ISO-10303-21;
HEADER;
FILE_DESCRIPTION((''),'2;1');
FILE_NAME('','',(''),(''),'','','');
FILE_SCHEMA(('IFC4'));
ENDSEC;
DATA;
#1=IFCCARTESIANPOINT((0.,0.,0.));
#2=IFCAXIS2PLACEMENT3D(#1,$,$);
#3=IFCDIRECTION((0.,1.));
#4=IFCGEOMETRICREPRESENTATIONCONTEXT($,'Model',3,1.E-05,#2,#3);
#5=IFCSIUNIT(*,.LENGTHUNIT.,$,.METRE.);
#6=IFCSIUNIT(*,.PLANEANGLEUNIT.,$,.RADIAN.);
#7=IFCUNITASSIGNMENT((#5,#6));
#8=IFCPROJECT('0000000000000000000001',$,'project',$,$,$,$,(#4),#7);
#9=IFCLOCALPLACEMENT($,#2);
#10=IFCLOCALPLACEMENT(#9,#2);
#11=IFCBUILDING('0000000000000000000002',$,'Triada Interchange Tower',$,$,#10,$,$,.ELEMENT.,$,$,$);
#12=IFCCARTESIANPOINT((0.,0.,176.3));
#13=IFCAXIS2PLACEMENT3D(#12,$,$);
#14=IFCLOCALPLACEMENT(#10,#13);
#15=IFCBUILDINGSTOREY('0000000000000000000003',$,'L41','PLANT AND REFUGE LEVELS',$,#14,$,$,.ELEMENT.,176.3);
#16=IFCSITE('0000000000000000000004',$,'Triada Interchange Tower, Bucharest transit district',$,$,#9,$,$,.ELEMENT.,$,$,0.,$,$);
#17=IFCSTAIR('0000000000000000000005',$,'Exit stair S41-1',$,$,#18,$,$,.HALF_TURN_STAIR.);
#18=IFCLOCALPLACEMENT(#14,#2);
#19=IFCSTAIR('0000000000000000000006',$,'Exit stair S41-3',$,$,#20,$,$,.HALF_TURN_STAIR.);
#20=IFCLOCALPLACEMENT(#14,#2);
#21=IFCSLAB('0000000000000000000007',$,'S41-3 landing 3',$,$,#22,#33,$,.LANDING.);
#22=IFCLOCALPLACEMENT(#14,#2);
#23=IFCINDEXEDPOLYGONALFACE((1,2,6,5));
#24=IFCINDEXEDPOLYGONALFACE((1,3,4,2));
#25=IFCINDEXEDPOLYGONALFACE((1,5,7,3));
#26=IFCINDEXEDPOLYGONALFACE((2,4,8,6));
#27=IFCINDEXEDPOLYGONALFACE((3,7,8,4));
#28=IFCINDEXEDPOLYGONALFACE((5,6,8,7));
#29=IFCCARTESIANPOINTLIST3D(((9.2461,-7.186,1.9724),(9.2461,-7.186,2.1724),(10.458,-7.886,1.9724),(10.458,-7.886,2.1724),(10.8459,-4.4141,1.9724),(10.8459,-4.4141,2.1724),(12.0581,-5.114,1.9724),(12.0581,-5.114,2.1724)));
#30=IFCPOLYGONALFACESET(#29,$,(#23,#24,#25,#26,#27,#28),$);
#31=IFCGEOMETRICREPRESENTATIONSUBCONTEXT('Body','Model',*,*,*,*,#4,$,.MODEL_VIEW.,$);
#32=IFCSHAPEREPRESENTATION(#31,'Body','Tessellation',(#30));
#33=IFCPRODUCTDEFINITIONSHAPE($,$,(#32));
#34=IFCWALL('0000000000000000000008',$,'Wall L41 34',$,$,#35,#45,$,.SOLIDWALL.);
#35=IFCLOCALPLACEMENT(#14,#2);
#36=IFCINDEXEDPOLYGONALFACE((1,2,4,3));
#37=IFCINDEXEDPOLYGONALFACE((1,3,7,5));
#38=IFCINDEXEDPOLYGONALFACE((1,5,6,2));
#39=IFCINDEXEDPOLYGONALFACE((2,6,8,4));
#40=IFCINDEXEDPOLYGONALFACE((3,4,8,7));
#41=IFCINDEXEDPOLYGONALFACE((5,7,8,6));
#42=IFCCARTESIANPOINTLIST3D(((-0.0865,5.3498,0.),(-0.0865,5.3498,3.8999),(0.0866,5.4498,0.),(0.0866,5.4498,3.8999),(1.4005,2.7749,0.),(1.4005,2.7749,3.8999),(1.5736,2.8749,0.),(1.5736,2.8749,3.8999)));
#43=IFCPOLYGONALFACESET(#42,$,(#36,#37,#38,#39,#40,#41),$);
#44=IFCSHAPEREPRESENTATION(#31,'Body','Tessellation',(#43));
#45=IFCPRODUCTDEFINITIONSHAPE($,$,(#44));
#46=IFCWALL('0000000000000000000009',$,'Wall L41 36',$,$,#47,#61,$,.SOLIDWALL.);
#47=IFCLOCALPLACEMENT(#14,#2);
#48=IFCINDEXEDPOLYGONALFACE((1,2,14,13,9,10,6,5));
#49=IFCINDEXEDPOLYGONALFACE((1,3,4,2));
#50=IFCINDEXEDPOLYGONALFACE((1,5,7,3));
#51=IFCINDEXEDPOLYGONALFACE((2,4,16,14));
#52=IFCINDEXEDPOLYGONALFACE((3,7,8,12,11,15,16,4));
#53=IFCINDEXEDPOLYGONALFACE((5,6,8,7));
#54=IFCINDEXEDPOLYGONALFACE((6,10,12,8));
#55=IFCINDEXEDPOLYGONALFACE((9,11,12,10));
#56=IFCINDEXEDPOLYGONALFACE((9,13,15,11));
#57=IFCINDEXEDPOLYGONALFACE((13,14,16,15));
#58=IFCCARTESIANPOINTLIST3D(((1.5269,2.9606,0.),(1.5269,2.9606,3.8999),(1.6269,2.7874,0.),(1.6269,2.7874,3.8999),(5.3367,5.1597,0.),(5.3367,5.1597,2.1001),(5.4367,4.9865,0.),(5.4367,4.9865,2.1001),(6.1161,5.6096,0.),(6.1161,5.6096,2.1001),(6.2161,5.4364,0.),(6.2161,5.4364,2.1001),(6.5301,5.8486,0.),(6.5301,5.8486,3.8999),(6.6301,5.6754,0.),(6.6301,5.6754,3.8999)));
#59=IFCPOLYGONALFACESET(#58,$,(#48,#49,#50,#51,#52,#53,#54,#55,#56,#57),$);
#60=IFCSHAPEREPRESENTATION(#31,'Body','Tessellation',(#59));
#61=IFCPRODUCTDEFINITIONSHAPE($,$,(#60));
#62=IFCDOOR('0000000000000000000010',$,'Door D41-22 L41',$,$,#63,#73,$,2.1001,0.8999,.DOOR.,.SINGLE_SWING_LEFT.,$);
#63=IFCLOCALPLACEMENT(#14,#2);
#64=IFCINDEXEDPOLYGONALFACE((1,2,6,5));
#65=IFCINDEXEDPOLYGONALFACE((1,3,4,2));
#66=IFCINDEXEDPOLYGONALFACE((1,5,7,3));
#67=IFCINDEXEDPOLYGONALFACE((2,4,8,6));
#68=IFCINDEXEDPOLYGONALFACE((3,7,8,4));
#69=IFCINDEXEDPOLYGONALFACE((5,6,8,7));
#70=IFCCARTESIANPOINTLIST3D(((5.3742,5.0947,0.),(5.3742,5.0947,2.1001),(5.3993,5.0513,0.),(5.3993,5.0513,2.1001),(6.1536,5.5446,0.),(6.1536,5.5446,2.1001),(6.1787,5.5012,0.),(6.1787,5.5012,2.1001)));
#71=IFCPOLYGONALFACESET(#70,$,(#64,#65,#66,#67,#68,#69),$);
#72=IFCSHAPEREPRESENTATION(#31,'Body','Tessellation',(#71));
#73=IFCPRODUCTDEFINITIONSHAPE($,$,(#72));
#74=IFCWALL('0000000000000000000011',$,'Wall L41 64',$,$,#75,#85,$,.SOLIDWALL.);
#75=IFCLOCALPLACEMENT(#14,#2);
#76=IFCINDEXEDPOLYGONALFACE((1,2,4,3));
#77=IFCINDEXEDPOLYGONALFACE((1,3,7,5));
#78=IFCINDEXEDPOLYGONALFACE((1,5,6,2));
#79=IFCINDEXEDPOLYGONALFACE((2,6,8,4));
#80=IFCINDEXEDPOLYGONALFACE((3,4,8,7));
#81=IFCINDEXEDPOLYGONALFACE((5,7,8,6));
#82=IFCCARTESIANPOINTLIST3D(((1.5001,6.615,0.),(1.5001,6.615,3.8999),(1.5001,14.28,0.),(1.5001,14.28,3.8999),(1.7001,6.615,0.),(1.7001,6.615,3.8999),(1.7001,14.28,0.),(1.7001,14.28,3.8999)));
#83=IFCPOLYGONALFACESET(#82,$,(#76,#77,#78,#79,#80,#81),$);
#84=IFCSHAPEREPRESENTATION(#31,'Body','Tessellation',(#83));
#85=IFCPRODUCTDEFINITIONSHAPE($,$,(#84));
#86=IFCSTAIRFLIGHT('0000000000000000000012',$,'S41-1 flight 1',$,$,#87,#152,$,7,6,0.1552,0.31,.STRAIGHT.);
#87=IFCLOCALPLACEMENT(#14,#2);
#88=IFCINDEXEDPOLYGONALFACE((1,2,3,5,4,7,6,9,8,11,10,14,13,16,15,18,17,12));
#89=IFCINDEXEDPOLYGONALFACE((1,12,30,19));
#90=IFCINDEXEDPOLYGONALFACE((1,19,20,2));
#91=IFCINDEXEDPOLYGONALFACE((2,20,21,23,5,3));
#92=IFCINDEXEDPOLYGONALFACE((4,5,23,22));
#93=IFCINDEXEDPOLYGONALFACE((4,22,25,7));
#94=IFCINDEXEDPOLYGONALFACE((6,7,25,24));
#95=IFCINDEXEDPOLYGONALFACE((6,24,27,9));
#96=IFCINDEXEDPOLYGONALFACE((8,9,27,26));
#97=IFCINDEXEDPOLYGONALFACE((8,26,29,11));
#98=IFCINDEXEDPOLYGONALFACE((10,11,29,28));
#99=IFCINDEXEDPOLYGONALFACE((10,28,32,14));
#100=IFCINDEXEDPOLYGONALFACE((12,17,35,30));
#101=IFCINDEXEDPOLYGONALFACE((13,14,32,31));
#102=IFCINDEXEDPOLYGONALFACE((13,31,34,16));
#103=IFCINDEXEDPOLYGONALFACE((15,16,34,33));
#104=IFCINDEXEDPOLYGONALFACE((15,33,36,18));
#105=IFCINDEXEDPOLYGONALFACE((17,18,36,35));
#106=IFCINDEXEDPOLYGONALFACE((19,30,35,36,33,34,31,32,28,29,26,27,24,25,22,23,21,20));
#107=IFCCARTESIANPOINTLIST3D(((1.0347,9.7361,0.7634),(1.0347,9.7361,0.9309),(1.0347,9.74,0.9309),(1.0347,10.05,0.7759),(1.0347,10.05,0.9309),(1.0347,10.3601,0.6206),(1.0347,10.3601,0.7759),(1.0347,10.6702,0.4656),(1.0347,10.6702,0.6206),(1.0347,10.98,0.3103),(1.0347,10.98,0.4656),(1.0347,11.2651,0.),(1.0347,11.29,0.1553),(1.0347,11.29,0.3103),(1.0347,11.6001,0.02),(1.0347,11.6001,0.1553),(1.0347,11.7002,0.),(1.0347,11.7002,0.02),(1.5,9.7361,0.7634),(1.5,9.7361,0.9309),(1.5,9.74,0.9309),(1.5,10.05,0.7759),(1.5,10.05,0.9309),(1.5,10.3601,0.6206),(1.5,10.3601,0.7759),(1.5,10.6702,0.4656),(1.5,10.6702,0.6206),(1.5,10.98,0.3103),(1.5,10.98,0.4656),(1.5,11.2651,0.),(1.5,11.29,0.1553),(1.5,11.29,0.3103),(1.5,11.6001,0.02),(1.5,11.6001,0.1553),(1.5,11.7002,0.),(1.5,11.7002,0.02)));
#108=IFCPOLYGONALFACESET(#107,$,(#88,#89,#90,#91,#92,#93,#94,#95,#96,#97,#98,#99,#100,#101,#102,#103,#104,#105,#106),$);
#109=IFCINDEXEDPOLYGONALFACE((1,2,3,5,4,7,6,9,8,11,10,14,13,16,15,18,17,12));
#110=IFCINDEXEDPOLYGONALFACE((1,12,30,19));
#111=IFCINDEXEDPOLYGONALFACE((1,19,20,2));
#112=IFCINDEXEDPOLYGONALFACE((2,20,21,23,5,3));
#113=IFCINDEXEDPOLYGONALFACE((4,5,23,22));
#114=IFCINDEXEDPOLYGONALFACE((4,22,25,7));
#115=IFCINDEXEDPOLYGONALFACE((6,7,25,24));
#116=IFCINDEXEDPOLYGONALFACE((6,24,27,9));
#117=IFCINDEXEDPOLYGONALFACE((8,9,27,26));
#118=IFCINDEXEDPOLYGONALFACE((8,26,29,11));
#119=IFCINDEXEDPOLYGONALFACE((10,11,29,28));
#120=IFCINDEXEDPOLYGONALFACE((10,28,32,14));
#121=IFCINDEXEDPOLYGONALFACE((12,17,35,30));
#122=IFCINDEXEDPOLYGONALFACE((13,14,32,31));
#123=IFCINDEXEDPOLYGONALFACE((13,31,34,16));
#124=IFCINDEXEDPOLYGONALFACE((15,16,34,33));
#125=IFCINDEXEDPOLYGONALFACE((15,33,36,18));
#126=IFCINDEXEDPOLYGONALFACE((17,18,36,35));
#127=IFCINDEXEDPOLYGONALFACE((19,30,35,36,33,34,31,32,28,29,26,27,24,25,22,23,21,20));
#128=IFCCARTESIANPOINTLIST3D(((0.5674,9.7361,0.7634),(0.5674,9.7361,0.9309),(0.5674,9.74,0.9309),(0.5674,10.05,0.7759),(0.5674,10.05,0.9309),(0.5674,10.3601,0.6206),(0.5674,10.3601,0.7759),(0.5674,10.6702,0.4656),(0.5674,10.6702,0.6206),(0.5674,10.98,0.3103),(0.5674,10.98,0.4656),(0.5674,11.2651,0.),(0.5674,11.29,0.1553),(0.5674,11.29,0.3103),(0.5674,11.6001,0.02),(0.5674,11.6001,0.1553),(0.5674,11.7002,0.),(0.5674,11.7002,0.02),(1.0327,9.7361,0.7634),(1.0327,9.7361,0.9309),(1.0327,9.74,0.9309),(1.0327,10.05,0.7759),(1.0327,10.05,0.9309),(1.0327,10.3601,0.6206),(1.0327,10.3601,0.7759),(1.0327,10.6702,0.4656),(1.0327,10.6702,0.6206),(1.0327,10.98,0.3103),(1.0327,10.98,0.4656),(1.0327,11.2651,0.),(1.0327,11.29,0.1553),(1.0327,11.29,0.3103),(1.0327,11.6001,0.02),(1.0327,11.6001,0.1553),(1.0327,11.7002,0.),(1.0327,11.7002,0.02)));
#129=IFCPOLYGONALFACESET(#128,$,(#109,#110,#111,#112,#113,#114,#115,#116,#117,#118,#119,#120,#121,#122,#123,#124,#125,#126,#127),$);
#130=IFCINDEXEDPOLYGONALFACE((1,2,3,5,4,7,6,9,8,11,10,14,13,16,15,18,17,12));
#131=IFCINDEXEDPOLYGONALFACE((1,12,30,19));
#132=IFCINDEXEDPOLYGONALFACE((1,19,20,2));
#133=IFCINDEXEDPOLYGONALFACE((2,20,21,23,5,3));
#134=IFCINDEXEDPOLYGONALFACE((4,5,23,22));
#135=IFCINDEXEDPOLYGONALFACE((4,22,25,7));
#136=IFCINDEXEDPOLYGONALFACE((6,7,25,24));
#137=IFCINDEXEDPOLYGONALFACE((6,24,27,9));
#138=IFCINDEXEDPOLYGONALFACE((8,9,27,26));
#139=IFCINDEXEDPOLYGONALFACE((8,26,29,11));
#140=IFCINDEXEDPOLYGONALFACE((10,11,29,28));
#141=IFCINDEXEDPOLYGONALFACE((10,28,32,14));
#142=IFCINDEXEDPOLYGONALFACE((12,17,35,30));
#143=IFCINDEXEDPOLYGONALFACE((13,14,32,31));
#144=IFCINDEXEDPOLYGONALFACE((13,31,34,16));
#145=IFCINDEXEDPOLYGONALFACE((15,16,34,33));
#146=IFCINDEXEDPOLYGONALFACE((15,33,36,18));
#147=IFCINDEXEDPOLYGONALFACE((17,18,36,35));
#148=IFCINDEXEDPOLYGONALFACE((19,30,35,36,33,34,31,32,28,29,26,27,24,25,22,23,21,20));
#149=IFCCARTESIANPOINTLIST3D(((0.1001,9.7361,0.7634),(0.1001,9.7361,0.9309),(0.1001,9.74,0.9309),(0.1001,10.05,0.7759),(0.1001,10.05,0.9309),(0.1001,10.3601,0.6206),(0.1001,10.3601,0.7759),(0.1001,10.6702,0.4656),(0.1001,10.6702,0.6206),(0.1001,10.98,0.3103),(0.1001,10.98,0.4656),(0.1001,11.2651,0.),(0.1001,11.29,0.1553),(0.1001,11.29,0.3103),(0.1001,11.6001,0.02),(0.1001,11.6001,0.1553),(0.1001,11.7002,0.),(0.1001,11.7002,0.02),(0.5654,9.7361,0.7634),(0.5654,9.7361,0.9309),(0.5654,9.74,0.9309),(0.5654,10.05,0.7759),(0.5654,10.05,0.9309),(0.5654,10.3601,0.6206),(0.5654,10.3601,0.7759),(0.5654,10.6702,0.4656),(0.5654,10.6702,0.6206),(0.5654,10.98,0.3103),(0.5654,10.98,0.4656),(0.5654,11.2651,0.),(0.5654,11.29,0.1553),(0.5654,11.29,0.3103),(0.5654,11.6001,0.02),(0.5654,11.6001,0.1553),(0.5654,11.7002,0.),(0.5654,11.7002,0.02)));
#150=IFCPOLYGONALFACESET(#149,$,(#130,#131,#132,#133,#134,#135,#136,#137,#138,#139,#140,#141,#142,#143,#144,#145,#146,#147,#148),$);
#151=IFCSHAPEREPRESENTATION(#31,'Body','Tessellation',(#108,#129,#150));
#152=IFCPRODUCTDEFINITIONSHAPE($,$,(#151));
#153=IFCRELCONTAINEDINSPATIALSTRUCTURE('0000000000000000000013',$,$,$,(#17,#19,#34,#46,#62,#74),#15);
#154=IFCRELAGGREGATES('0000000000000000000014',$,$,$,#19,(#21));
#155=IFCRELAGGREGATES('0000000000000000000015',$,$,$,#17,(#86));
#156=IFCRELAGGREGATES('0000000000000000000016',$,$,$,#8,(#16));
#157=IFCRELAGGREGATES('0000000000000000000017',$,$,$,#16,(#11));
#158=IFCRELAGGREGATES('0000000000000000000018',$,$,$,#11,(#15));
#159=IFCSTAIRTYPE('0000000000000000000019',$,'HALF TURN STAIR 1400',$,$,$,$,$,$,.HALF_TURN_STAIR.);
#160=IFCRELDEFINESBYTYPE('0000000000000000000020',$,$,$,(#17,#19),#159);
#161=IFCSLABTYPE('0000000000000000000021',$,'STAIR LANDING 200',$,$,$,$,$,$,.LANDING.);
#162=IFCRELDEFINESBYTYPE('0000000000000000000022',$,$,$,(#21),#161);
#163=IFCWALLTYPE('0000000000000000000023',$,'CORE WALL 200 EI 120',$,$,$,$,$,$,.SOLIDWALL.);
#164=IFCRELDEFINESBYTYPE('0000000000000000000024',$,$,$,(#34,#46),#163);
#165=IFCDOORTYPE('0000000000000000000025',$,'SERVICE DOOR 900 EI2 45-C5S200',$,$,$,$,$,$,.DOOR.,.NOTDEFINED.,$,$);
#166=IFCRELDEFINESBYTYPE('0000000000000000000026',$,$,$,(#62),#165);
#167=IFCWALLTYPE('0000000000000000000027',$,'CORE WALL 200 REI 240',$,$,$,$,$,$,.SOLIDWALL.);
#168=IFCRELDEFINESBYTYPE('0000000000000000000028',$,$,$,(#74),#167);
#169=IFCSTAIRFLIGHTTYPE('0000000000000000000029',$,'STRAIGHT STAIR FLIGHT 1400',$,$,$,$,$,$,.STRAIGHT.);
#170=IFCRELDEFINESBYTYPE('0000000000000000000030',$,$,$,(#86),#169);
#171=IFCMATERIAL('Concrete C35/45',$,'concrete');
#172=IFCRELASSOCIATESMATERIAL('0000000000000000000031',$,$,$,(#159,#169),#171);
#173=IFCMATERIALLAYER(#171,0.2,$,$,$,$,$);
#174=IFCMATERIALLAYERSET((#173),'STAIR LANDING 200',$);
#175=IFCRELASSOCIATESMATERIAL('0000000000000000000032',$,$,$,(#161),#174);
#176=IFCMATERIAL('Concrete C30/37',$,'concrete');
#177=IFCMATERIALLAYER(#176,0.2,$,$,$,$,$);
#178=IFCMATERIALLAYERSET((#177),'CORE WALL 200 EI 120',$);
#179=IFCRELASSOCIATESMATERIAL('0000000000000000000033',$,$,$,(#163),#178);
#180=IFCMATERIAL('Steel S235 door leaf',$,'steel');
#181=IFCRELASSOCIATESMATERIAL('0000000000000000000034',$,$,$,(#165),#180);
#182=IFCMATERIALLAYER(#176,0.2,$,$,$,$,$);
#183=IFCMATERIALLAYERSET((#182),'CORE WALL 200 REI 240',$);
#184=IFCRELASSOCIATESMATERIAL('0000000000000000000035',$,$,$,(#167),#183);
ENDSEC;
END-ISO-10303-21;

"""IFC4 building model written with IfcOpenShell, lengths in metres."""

from ifc_helpers import new_model, si_unit, direction, frame, frame_2d, origin, place, context, subcontext, project, spatial, polyline, rectangle, outline, extrude, material, layer, layer_set, type_object, element, fill, aggregate, save


model = new_model("IFC4")

# Units and contexts
model_context = context("Model", 3, precision=1e-05, world=origin(), true_north=direction((0.0, 1.0)))
body_context = subcontext(model_context, "Body", "Model", "MODEL_VIEW")
ifc_project = project(units=[si_unit("LENGTHUNIT", "METRE"), si_unit("PLANEANGLEUNIT", "RADIAN")], contexts=[model_context])

# Site, building, storey
site_placement = place(None, origin())
site = spatial("IfcSite", under=ifc_project, at=site_placement, Name="Triada Interchange Tower, Bucharest transit district", CompositionType="ELEMENT", RefElevation=0.0)
building_placement = place(site_placement, origin())
building = spatial("IfcBuilding", under=site, at=building_placement, Name="Triada Interchange Tower", CompositionType="ELEMENT")
storey_placement = place(building_placement, frame((0.0, 0.0, 176.3)))
storey = spatial("IfcBuildingStorey", under=building, at=storey_placement, Name="L41", Description="PLANT AND REFUGE LEVELS", CompositionType="ELEMENT", Elevation=176.3)

# Stairs, slab
ifc_material_1 = material(Name="Concrete C35/45", Category="concrete")
stair_type = type_object("IfcStairType", Name="HALF TURN STAIR 1400", PredefinedType="HALF_TURN_STAIR", material=ifc_material_1)
stair_1_placement = place(storey_placement, origin())
stair_1 = element("IfcStair", 1, at=stair_1_placement, inside=storey, type_object=stair_type, Name="Exit stair S41-1", PredefinedType="HALF_TURN_STAIR")
ifc_layer_1 = layer(ifc_material_1, 0.2)
ifc_layer_set_1 = layer_set([ifc_layer_1], Name="STAIR LANDING 200")
slab_type_1 = type_object("IfcSlabType", Name="STAIR LANDING 200", PredefinedType="LANDING", material=ifc_layer_set_1)
stair_2_placement = place(storey_placement, origin())
stair_2 = element("IfcStair", 2, at=stair_2_placement, inside=storey, type_object=stair_type, Name="Exit stair S41-3", PredefinedType="HALF_TURN_STAIR")
slab_1_placement = place(storey_placement, frame((0.0, 0.0, 1.9724)))
slab_1 = element("IfcSlab", 3, at=slab_1_placement, type_object=slab_type_1, Name="S41-3 landing 3", PredefinedType="LANDING", context=body_context, shape_type="SweptSolid", body=[
    extrude(outline(polyline([(9.2461, -7.186), (10.458, -7.886), (12.0581, -5.114), (10.8459, -4.4141), (9.2461, -7.186)])), origin(), (0.0, 0.0, 1.0), 0.2),
])
aggregate(stair_2, [slab_1])

# Wall
ifc_material_2 = material(Name="Concrete C30/37", Category="concrete")
ifc_layer_2 = layer(ifc_material_2, 0.2)
ifc_layer_set_2 = layer_set([ifc_layer_2], Name="CORE WALL 200 EI 120")
wall_type_1 = type_object("IfcWallType", Name="CORE WALL 200 EI 120", PredefinedType="SOLIDWALL", material=ifc_layer_set_2)
wall_1_placement = place(storey_placement, frame((0.0, 5.3999, 0.0), z_axis=(0.0, 0.0, 1.0), x_axis=(0.500104, -0.865965, 0.0)))
element("IfcWall", 4, at=wall_1_placement, inside=storey, type_object=wall_type_1, Name="Wall L41 34", PredefinedType="SOLIDWALL", context=body_context, shape_type="SweptSolid", body=[
    extrude(rectangle(XDim=2.9734, YDim=0.2, at=frame_2d((1.4868, 0.0))), origin(), (0.0, 0.0, 1.0), 3.8999),
])

# Wall, opening, door
wall_2_placement = place(storey_placement, frame((1.5769, 2.874, 0.0), z_axis=(0.0, 0.0, 1.0), x_axis=(0.866074, 0.499916, 0.0)))
wall_2 = element("IfcWall", 5, at=wall_2_placement, inside=storey, type_object=wall_type_1, Name="Wall L41 36", PredefinedType="SOLIDWALL", context=body_context, shape_type="SweptSolid", body=[
    extrude(rectangle(XDim=5.7769, YDim=0.2, at=frame_2d((2.8884, 0.0))), origin(), (0.0, 0.0, 1.0), 3.8999),
])
opening_placement = place(wall_2_placement, frame((4.3989, 0.0, 0.0)))
opening = element("IfcOpeningElement", 6, at=opening_placement, cuts=wall_2, PredefinedType="OPENING", context=body_context, shape_type="SweptSolid", body=[
    extrude(rectangle(XDim=0.8999, YDim=2.1001, at=frame_2d((0.45, 1.05))), frame((0.0, 0.1099, 0.0), z_axis=(0.0, -1.0, 0.0), x_axis=(1.0, 0.0, 0.0)), (0.0, 0.0, 1.0), 0.22),
])
ifc_material_3 = material(Name="Steel S235 door leaf", Category="steel")
door_type = type_object("IfcDoorType", Name="SERVICE DOOR 900 EI2 45-C5S200", OperationType="NOTDEFINED", PredefinedType="DOOR", material=ifc_material_3)
door_placement = place(opening_placement, origin())
door = element("IfcDoor", 7, at=door_placement, inside=storey, type_object=door_type, Name="Door D41-22 L41", OperationType="SINGLE_SWING_LEFT", OverallHeight=2.1001, OverallWidth=0.8999, PredefinedType="DOOR", context=body_context, shape_type="SweptSolid", body=[
    extrude(rectangle(XDim=0.8999, YDim=2.1001, at=frame_2d((0.45, 1.05))), frame((0.0, 0.0249, 0.0), z_axis=(0.0, -1.0, 0.0), x_axis=(1.0, 0.0, 0.0)), (0.0, 0.0, 1.0), 0.05),
])
fill(opening, door)

# Wall
ifc_layer_3 = layer(ifc_material_2, 0.2)
ifc_layer_set_3 = layer_set([ifc_layer_3], Name="CORE WALL 200 REI 240")
wall_type_2 = type_object("IfcWallType", Name="CORE WALL 200 REI 240", PredefinedType="SOLIDWALL", material=ifc_layer_set_3)
wall_3_placement = place(storey_placement, frame((1.6001, 6.615, 0.0), z_axis=(0.0, 0.0, 1.0), x_axis=(0.0, 1.0, 0.0)))
element("IfcWall", 8, at=wall_3_placement, inside=storey, type_object=wall_type_2, Name="Wall L41 64", PredefinedType="SOLIDWALL", context=body_context, shape_type="SweptSolid", body=[
    extrude(rectangle(XDim=7.665, YDim=0.2, at=frame_2d((3.8325, 0.0))), origin(), (0.0, 0.0, 1.0), 3.8999),
])

# Stair flight
stair_flight_type = type_object("IfcStairFlightType", Name="STRAIGHT STAIR FLIGHT 1400", PredefinedType="STRAIGHT", material=ifc_material_1)
stair_flight_1_placement = place(storey_placement, frame((0.8, 11.6001, 0.0), z_axis=(0.0, 0.0, 1.0), x_axis=(0.0, -1.0, 0.0)))
stair_flight_1 = element("IfcStairFlight", 9, at=stair_flight_1_placement, type_object=stair_flight_type, Name="S41-1 flight 1", NumberOfRisers=7, NumberOfTreads=6, PredefinedType="STRAIGHT", RiserHeight=0.1552, TreadLength=0.31, context=body_context, shape_type="SweptSolid", body=[
    extrude(outline(polyline([(-0.1001, 0.0), (-0.1001, 0.02), (0.0, 0.02), (0.0, 0.1553), (0.3101, 0.1553), (0.3101, 0.3103), (0.6201, 0.3103), (0.6201, 0.4656), (0.9299, 0.4656), (0.9299, 0.6206), (1.24, 0.6206), (1.24, 0.7759), (1.55, 0.7759), (1.55, 0.9309), (1.8601, 0.9309), (1.864, 0.9309), (1.864, 1.0862), (1.864, 0.7634), (0.335, 0.0), (-0.1001, 0.0)])), frame((0.0, 0.7, 0.0), z_axis=(0.0, -1.0, 0.0), x_axis=(1.0, 0.0, 0.0)), (0.0, 0.0, 1.0), 0.4653),
    extrude(outline(polyline([(-0.1001, 0.0), (-0.1001, 0.02), (0.0, 0.02), (0.0, 0.1553), (0.3101, 0.1553), (0.3101, 0.3103), (0.6201, 0.3103), (0.6201, 0.4656), (0.9299, 0.4656), (0.9299, 0.6206), (1.24, 0.6206), (1.24, 0.7759), (1.55, 0.7759), (1.55, 0.9309), (1.8601, 0.9309), (1.864, 0.9309), (1.864, 1.0862), (1.864, 0.7634), (0.335, 0.0), (-0.1001, 0.0)])), frame((0.0, 0.2327, 0.0), z_axis=(0.0, -1.0, 0.0), x_axis=(1.0, 0.0, 0.0)), (0.0, 0.0, 1.0), 0.4653),
    extrude(outline(polyline([(-0.1001, 0.0), (-0.1001, 0.02), (0.0, 0.02), (0.0, 0.1553), (0.3101, 0.1553), (0.3101, 0.3103), (0.6201, 0.3103), (0.6201, 0.4656), (0.9299, 0.4656), (0.9299, 0.6206), (1.24, 0.6206), (1.24, 0.7759), (1.55, 0.7759), (1.55, 0.9309), (1.8601, 0.9309), (1.864, 0.9309), (1.864, 1.0862), (1.864, 0.7634), (0.335, 0.0), (-0.1001, 0.0)])), frame((0.0, -0.2346, 0.0), z_axis=(0.0, -1.0, 0.0), x_axis=(1.0, 0.0, 0.0)), (0.0, 0.0, 1.0), 0.4653),
])

aggregate(stair_1, [stair_flight_1])

save(model, "model.ifc")
